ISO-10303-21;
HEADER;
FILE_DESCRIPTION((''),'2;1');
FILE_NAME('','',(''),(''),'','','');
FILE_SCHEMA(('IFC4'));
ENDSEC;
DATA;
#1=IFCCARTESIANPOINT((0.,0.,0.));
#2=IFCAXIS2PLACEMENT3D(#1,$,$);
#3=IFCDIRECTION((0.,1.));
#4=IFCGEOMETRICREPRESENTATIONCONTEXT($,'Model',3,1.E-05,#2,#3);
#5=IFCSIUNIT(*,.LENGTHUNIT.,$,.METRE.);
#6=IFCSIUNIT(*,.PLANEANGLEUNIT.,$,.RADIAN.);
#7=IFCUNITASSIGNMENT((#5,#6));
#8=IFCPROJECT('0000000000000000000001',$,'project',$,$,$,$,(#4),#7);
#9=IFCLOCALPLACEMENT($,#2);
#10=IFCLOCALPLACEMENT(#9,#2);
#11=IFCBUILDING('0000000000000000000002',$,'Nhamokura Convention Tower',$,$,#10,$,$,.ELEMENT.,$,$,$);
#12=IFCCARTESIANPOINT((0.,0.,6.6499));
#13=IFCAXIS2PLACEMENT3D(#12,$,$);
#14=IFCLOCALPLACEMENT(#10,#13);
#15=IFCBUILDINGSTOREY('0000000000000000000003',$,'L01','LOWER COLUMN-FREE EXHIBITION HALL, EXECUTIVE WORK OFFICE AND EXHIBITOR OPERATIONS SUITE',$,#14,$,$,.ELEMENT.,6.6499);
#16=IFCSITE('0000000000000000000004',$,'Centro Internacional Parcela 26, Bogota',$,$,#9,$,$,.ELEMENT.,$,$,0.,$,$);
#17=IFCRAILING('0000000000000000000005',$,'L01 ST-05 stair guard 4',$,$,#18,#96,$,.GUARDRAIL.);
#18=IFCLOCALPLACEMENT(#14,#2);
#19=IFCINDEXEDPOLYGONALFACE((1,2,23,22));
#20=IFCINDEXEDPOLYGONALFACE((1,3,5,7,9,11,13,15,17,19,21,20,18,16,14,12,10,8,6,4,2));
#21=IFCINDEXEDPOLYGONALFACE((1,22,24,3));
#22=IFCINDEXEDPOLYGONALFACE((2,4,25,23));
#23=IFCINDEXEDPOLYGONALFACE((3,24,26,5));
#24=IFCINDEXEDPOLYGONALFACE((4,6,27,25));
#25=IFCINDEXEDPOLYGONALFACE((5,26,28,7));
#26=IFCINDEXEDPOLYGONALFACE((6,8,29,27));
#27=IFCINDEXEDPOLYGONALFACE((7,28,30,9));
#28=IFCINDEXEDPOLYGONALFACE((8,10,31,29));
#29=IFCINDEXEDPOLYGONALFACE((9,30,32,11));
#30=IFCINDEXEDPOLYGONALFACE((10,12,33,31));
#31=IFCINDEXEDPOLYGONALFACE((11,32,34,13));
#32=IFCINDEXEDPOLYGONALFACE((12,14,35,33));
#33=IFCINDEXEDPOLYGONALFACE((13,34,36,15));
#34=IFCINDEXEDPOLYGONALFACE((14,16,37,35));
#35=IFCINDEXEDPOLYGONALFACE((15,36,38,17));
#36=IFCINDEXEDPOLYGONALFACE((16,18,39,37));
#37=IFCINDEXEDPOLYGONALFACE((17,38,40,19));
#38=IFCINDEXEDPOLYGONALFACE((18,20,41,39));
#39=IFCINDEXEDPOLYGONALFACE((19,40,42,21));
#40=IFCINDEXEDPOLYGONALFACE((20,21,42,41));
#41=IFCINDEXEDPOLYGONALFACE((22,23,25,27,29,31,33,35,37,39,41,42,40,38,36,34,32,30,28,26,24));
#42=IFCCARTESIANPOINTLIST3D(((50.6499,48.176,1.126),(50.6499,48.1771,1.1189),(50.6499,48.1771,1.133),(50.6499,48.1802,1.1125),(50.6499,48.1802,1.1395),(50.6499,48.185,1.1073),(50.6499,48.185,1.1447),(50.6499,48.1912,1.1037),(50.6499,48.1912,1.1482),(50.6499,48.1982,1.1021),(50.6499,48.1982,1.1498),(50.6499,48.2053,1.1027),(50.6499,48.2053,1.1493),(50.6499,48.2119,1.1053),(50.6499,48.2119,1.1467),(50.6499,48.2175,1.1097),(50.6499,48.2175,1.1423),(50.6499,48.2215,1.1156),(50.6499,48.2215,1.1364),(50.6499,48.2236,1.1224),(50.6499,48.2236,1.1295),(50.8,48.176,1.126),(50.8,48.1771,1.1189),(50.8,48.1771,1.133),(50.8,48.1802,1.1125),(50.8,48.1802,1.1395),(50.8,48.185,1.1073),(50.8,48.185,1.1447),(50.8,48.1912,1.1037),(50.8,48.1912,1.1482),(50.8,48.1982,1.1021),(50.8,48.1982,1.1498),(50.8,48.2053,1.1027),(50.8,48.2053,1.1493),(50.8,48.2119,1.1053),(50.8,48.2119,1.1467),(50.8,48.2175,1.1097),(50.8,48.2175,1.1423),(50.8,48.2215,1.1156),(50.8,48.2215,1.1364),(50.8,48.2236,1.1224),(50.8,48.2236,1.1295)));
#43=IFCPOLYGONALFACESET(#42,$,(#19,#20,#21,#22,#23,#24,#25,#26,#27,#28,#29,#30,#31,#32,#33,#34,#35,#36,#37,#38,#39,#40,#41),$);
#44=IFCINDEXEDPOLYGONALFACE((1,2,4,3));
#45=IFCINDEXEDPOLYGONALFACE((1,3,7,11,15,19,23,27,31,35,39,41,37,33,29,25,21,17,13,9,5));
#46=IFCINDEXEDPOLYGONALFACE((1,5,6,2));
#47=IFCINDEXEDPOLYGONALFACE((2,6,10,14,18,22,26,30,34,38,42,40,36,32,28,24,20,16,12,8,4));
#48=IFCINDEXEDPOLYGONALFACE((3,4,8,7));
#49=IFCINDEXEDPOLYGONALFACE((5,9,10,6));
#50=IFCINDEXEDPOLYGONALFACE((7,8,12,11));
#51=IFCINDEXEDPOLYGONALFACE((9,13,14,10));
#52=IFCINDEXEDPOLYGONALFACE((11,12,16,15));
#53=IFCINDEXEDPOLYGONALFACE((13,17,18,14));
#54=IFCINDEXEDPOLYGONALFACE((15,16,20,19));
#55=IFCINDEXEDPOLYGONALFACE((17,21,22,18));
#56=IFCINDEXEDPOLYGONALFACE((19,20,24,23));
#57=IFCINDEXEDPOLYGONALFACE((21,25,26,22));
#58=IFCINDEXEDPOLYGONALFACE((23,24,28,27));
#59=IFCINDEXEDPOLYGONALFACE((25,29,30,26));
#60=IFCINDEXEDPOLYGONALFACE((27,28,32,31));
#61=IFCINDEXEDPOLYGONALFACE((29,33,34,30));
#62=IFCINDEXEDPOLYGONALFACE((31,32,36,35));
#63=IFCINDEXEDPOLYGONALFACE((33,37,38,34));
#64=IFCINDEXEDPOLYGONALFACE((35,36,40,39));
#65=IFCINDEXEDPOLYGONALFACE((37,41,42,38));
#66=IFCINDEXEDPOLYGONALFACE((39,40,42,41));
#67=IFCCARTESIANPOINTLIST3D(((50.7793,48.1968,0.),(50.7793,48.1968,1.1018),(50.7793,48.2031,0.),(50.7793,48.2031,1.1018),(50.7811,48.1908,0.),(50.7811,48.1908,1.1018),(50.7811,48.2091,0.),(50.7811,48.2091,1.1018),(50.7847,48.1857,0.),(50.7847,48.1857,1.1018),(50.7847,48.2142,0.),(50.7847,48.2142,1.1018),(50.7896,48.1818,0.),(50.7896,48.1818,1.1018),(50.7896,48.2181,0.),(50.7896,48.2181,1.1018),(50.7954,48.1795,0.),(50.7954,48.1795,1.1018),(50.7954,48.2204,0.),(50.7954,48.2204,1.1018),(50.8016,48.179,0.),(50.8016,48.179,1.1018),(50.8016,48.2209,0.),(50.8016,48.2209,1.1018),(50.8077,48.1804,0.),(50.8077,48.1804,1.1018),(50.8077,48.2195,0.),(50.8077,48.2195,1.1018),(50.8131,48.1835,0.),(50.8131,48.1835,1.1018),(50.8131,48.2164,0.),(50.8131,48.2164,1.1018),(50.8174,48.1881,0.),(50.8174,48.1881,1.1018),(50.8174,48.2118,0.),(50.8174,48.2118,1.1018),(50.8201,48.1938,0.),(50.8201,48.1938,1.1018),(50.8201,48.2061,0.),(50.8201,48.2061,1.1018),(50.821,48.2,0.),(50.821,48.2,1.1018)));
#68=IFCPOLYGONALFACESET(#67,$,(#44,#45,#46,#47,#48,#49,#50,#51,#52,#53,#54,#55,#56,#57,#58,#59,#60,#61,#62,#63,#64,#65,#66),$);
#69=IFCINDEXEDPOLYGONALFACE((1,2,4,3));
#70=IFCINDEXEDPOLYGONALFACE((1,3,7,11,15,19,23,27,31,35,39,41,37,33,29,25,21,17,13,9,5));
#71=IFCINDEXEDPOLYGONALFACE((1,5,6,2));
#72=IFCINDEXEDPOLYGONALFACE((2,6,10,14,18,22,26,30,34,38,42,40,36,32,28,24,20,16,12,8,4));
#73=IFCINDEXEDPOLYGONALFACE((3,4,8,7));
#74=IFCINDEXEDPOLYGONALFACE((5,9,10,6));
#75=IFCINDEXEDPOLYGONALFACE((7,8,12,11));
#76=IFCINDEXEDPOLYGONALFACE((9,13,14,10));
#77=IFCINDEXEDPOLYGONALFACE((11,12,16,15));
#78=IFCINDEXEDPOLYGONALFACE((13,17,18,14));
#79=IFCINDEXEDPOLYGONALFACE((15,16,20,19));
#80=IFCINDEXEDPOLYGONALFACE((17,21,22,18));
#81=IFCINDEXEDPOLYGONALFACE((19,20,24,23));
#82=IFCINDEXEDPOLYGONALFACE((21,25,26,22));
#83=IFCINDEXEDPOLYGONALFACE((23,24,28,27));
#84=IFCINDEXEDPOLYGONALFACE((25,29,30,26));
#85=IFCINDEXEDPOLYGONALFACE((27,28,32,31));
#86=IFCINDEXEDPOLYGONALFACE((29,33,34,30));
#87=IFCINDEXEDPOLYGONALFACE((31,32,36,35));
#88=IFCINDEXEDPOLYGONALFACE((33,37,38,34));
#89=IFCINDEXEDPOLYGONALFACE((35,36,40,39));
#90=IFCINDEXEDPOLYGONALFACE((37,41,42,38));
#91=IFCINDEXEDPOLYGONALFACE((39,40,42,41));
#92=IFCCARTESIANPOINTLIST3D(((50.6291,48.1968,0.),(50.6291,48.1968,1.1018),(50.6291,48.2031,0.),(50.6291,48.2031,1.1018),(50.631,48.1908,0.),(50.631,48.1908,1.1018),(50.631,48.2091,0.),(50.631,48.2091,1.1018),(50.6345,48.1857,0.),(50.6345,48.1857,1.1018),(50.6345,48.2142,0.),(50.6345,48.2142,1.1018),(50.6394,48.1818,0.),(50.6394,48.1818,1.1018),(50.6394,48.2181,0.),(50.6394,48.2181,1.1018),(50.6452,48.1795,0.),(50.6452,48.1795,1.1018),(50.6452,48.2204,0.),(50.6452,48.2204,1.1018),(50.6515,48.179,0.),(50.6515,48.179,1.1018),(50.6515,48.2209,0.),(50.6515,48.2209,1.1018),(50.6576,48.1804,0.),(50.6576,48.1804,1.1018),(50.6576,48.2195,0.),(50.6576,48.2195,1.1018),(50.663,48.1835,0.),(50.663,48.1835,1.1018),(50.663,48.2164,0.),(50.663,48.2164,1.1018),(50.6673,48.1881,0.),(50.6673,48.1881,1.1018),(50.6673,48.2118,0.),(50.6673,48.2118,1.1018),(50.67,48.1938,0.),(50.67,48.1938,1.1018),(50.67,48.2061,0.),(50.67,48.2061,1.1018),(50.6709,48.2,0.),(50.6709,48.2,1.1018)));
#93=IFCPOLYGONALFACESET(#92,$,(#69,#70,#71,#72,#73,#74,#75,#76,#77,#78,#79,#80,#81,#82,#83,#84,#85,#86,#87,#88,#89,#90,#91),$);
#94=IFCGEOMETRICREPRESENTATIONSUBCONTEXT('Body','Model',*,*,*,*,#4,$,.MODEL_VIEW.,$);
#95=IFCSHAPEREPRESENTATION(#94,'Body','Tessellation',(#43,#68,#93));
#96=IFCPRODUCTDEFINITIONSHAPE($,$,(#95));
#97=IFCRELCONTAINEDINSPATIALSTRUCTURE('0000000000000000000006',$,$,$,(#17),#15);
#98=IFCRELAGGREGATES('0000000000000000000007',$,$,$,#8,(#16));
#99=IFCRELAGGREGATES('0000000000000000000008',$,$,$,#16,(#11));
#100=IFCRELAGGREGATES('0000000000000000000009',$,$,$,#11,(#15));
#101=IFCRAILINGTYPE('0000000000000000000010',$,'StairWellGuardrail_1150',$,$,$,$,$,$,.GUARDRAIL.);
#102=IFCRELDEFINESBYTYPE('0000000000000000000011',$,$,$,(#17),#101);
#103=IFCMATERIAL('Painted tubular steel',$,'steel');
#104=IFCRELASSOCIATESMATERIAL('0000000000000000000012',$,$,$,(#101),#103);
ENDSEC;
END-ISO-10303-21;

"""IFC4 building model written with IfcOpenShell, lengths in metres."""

from ifc_helpers import new_model, si_unit, direction, frame, origin, origin_2d, place, context, subcontext, project, spatial, circle, extrude, material, type_object, element, save


model = new_model("IFC4")

# Units and contexts
model_context = context("Model", 3, precision=1e-05, world=origin(), true_north=direction((0.0, 1.0)))
body_context = subcontext(model_context, "Body", "Model", "MODEL_VIEW")
ifc_project = project(units=[si_unit("LENGTHUNIT", "METRE"), si_unit("PLANEANGLEUNIT", "RADIAN")], contexts=[model_context])

# Site, building, storey
site_placement = place(None, origin())
site = spatial("IfcSite", under=ifc_project, at=site_placement, Name="Centro Internacional Parcela 26, Bogota", CompositionType="ELEMENT", RefElevation=0.0)
building_placement = place(site_placement, origin())
building = spatial("IfcBuilding", under=site, at=building_placement, Name="Nhamokura Convention Tower", CompositionType="ELEMENT")
storey_placement = place(building_placement, frame((0.0, 0.0, 6.6499)))
storey = spatial("IfcBuildingStorey", under=building, at=storey_placement, Name="L01", Description="LOWER COLUMN-FREE EXHIBITION HALL, EXECUTIVE WORK OFFICE AND EXHIBITOR OPERATIONS SUITE", CompositionType="ELEMENT", Elevation=6.6499)

# Railing
ifc_material_1 = material(Name="Painted tubular steel", Category="steel")
railing_type_1 = type_object("IfcRailingType", Name="StairWellGuardrail_1150", PredefinedType="GUARDRAIL", material=ifc_material_1)
railing_1_placement = place(storey_placement, frame((50.8, 48.2, 0.0)))
element("IfcRailing", 1, at=railing_1_placement, inside=storey, type_object=railing_type_1, Name="L01 ST-05 stair guard 4", PredefinedType="GUARDRAIL", context=body_context, shape_type="SweptSolid", body=[
    extrude(circle(Radius=0.0239, at=origin_2d()), frame((0.0, 0.0, 1.126), z_axis=(-1.0, 0.0, 0.0), x_axis=(0.0, -1.0, 0.0)), (0.0, 0.0, 1.0), 0.1501),
    extrude(circle(Radius=0.021, at=origin_2d()), origin(), (0.0, 0.0, 1.0), 1.1018),
    extrude(circle(Radius=0.021, at=origin_2d()), frame((-0.1501, 0.0, 0.0)), (0.0, 0.0, 1.0), 1.1018),
])

save(model, "model.ifc")
